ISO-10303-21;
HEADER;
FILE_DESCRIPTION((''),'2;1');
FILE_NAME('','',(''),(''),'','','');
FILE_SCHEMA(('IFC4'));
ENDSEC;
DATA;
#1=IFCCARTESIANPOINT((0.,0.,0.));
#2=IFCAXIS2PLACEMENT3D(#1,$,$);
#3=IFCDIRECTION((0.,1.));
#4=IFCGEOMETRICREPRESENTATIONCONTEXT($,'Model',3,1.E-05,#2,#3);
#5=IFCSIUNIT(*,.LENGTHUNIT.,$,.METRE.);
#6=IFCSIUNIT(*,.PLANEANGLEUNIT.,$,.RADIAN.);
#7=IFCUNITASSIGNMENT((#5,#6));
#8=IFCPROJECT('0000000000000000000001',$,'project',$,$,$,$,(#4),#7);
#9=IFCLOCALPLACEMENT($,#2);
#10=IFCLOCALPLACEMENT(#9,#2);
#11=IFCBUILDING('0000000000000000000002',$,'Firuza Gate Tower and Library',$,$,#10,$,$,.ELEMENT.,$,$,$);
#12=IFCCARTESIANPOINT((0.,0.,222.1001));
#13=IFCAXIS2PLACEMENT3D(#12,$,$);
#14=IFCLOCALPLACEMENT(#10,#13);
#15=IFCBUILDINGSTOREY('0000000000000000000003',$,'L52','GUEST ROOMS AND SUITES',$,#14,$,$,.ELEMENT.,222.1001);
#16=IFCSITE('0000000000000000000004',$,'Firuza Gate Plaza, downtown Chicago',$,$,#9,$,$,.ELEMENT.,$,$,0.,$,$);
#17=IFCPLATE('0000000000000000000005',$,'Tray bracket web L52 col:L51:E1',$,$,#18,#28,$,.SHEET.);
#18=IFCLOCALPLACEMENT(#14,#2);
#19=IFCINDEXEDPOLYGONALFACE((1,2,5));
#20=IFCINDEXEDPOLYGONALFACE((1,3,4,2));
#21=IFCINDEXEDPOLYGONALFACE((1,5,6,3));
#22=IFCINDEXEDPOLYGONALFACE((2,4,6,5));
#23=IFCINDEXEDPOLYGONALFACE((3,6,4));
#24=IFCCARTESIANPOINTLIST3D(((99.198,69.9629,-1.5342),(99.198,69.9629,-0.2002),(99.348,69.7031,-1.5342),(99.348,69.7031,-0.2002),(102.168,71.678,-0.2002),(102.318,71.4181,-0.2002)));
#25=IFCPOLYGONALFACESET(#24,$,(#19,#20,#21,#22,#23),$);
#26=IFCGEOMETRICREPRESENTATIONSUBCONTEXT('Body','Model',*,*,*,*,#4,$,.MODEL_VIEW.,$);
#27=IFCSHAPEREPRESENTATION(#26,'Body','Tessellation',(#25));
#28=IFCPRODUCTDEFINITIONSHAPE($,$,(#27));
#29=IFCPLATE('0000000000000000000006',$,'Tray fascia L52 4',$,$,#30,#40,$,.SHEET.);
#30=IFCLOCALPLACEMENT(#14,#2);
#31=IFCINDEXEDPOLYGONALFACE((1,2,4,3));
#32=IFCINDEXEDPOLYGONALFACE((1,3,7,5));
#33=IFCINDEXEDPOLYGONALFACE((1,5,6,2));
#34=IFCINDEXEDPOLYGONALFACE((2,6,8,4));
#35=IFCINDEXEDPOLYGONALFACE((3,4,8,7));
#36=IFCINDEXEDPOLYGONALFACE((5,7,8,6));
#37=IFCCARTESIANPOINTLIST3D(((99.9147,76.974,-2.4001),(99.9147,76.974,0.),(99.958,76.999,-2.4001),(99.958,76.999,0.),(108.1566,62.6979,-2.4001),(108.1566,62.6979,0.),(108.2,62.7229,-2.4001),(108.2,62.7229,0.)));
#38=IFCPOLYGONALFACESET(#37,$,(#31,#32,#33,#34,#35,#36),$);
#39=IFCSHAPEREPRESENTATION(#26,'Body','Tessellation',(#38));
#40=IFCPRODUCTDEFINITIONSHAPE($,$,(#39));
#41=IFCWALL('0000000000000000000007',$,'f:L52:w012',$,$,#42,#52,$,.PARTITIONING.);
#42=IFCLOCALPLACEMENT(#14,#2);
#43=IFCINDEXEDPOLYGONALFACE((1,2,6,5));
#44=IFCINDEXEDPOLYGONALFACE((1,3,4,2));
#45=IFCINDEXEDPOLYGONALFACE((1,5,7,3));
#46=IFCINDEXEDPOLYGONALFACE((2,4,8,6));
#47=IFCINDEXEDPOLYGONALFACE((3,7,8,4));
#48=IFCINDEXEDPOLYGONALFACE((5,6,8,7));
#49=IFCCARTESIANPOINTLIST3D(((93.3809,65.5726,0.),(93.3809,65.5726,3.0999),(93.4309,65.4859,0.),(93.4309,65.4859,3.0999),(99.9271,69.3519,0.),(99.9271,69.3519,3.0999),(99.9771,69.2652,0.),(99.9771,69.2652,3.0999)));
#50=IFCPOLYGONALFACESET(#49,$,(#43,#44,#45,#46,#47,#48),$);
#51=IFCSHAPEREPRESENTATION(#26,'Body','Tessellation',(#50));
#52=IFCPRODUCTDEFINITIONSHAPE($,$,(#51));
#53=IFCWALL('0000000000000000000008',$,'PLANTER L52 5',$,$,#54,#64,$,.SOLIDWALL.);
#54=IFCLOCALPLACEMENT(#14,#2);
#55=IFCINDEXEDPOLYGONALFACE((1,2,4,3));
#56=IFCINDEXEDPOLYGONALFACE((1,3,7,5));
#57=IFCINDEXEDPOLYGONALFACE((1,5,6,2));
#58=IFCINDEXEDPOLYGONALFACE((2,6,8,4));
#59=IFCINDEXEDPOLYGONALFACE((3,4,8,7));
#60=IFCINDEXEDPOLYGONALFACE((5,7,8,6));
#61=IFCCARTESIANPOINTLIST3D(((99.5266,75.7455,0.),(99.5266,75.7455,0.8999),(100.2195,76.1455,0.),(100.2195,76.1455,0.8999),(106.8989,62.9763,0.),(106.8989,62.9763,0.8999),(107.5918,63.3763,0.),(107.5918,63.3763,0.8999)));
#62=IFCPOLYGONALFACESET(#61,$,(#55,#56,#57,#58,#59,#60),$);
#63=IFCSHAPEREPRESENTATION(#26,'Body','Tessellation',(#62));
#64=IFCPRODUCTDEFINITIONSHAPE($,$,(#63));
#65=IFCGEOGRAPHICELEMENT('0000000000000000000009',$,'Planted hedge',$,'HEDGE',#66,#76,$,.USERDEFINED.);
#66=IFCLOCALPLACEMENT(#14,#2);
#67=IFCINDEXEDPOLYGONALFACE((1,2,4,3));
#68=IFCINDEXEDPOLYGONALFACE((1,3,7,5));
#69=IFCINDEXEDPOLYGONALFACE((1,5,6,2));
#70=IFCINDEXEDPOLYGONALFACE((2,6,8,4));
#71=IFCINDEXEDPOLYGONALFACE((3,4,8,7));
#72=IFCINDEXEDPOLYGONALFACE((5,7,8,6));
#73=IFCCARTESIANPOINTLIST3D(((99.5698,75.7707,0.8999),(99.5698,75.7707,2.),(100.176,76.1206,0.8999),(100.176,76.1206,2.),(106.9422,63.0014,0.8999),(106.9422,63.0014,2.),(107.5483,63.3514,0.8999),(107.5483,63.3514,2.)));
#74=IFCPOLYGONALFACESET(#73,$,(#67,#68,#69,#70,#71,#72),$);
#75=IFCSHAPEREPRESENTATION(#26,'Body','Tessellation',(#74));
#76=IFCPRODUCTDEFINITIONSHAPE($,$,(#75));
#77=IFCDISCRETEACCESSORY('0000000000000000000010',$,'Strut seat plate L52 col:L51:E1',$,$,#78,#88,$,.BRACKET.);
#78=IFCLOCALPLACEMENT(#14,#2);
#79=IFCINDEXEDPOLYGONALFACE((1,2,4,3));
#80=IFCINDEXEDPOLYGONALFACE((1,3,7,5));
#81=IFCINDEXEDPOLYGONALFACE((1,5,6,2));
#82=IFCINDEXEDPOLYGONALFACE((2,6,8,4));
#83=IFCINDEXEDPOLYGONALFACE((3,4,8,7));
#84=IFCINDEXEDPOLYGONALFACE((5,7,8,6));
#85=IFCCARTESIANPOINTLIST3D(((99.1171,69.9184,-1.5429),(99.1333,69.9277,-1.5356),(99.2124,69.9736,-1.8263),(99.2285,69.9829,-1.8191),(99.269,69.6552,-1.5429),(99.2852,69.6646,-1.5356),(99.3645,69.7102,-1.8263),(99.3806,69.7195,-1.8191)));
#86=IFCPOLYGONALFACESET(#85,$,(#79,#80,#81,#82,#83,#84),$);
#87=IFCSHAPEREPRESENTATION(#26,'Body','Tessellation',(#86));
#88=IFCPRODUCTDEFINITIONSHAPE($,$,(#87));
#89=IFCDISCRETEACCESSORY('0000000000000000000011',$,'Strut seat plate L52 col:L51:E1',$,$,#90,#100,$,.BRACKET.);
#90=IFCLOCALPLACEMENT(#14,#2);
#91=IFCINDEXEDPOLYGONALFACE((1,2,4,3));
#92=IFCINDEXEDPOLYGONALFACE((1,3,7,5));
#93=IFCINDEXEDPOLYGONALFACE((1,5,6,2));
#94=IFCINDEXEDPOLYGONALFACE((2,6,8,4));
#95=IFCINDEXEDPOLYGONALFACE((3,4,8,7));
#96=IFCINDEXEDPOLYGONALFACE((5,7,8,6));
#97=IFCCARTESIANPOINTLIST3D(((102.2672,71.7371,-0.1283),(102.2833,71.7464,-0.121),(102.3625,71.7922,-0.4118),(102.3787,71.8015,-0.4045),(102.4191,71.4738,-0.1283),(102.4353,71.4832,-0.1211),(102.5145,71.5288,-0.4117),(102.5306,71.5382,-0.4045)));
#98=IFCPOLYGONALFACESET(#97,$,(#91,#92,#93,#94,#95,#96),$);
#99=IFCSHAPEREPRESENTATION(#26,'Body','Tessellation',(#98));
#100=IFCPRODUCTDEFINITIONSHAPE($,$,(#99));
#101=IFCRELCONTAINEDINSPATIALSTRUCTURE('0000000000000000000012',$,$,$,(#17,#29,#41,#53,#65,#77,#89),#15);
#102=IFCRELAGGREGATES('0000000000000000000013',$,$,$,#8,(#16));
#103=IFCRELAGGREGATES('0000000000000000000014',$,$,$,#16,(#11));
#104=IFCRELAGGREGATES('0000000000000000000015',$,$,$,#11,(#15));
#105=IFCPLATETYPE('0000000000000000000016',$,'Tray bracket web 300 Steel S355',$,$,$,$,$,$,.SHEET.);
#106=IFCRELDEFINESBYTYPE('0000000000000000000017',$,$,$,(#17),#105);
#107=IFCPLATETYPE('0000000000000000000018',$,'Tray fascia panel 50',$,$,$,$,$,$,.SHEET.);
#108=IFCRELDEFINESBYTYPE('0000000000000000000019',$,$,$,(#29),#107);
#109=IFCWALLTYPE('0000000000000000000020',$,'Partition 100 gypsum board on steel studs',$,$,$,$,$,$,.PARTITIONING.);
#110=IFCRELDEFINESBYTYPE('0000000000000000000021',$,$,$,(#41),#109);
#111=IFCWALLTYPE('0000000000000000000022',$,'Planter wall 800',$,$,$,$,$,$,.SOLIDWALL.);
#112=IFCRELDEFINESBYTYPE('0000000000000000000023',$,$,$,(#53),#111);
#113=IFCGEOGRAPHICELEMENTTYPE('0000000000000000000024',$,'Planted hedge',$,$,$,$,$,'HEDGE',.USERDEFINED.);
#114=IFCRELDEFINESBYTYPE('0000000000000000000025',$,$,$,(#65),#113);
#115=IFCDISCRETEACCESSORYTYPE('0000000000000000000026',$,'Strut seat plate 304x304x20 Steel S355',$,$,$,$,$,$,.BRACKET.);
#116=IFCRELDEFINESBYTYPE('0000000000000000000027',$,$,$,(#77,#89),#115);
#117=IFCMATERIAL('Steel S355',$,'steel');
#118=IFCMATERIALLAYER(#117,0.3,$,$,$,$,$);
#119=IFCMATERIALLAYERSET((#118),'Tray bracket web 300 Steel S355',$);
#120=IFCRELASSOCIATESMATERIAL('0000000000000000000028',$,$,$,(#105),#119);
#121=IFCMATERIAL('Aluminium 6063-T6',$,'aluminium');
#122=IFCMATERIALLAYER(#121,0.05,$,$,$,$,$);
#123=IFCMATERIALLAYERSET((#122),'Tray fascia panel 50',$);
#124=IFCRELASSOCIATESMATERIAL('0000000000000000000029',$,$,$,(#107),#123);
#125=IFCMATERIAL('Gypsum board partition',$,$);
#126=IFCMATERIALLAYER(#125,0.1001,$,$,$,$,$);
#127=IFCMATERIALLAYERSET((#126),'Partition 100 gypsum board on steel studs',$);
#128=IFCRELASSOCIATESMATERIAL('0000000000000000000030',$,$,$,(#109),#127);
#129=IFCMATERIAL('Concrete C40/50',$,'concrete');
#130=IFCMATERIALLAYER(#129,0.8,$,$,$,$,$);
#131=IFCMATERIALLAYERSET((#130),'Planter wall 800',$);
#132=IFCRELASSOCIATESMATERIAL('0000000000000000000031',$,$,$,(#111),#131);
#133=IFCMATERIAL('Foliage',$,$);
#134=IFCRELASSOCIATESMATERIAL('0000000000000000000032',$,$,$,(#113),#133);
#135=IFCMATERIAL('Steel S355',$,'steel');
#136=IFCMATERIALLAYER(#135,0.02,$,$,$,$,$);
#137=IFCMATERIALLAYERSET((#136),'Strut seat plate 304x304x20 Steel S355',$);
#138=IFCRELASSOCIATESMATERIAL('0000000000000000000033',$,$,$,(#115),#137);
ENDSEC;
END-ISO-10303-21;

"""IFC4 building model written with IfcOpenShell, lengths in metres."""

from ifc_helpers import new_model, si_unit, direction, frame, frame_2d, origin, origin_2d, place, context, subcontext, project, spatial, polyline, rectangle, outline, extrude, material, layer, layer_set, type_object, element, save


model = new_model("IFC4")

# Units and contexts
model_context = context("Model", 3, precision=1e-05, world=origin(), true_north=direction((0.0, 1.0)))
body_context = subcontext(model_context, "Body", "Model", "MODEL_VIEW")
ifc_project = project(units=[si_unit("LENGTHUNIT", "METRE"), si_unit("PLANEANGLEUNIT", "RADIAN")], contexts=[model_context])

# Site, building, storey
site_placement = place(None, origin())
site = spatial("IfcSite", under=ifc_project, at=site_placement, Name="Firuza Gate Plaza, downtown Chicago", CompositionType="ELEMENT", RefElevation=0.0)
building_placement = place(site_placement, origin())
building = spatial("IfcBuilding", under=site, at=building_placement, Name="Firuza Gate Tower and Library", CompositionType="ELEMENT")
storey_placement = place(building_placement, frame((0.0, 0.0, 222.1001)))
storey = spatial("IfcBuildingStorey", under=building, at=storey_placement, Name="L52", Description="GUEST ROOMS AND SUITES", CompositionType="ELEMENT", Elevation=222.1001)

# Plates
ifc_material_1 = material(Name="Steel S355", Category="steel")
ifc_layer_1 = layer(ifc_material_1, 0.3)
ifc_layer_set_1 = layer_set([ifc_layer_1], Name="Tray bracket web 300 Steel S355")
plate_type_1 = type_object("IfcPlateType", Name="Tray bracket web 300 Steel S355", PredefinedType="SHEET", material=ifc_layer_set_1)
plate_1_placement = place(storey_placement, frame((99.198, 69.9629, -0.2002), z_axis=(-0.500082, 0.865978, 0.0), x_axis=(0.865978, 0.500082, 0.0)))
element("IfcPlate", 1, at=plate_1_placement, inside=storey, type_object=plate_type_1, Name="Tray bracket web L52 col:L51:E1", PredefinedType="SHEET", context=body_context, shape_type="SweptSolid", body=[
    extrude(outline(polyline([(0.0, 0.0), (3.4296, 0.0), (0.0, 1.334), (0.0, 0.0)])), origin(), (0.0, 0.0, -1.0), 0.3),
])
ifc_material_2 = material(Name="Aluminium 6063-T6", Category="aluminium")
ifc_layer_2 = layer(ifc_material_2, 0.05)
ifc_layer_set_2 = layer_set([ifc_layer_2], Name="Tray fascia panel 50")
plate_type_2 = type_object("IfcPlateType", Name="Tray fascia panel 50", PredefinedType="SHEET", material=ifc_layer_set_2)
plate_2_placement = place(storey_placement, frame((108.2, 62.7229, -2.4001), z_axis=(0.866035, 0.499983, 0.0), x_axis=(-0.499983, 0.866035, 0.0)))
element("IfcPlate", 2, at=plate_2_placement, inside=storey, type_object=plate_type_2, Name="Tray fascia L52 4", PredefinedType="SHEET", context=body_context, shape_type="SweptSolid", body=[
    extrude(outline(polyline([(0.0, 0.0), (16.4845, 0.0), (16.4845, 2.4001), (0.0, 2.4001), (0.0, 0.0)])), origin(), (0.0, 0.0, -1.0), 0.05),
])

# Walls
ifc_material_3 = material(Name="Gypsum board partition")
ifc_layer_3 = layer(ifc_material_3, 0.1001)
ifc_layer_set_3 = layer_set([ifc_layer_3], Name="Partition 100 gypsum board on steel studs")
wall_type_1 = type_object("IfcWallType", Name="Partition 100 gypsum board on steel studs", PredefinedType="PARTITIONING", material=ifc_layer_set_3)
wall_1_placement = place(storey_placement, frame((93.406, 65.5293, 0.0), z_axis=(0.0, 0.0, 1.0), x_axis=(0.866032, 0.499988, 0.0)))
element("IfcWall", 3, at=wall_1_placement, inside=storey, type_object=wall_type_1, Name="f:L52:w012", PredefinedType="PARTITIONING", context=body_context, shape_type="SweptSolid", body=[
    extrude(rectangle(XDim=7.5588, YDim=0.1001, at=frame_2d((3.7793, 0.0))), origin(), (0.0, 0.0, 1.0), 3.0999),
])
ifc_material_4 = material(Name="Concrete C40/50", Category="concrete")
ifc_layer_4 = layer(ifc_material_4, 0.8)
ifc_layer_set_4 = layer_set([ifc_layer_4], Name="Planter wall 800")
wall_type_2 = type_object("IfcWallType", Name="Planter wall 800", PredefinedType="SOLIDWALL", material=ifc_layer_set_4)
wall_2_placement = place(storey_placement, frame((107.2454, 63.1763, 0.0), z_axis=(0.0, 0.0, 1.0), x_axis=(-0.499998, 0.866026, 0.0)))
element("IfcWall", 4, at=wall_2_placement, inside=storey, type_object=wall_type_2, Name="PLANTER L52 5", PredefinedType="SOLIDWALL", context=body_context, shape_type="SweptSolid", body=[
    extrude(rectangle(XDim=14.7446, YDim=0.8, at=frame_2d((7.3723, 0.0))), origin(), (0.0, 0.0, 1.0), 0.8999),
])

# Geographic element
ifc_material_5 = material(Name="Foliage")
geographic_element_type = type_object("IfcGeographicElementType", Name="Planted hedge", ElementType="HEDGE", PredefinedType="USERDEFINED", material=ifc_material_5)
geographic_element_placement = place(storey_placement, frame((103.5591, 69.561, 0.8999), z_axis=(0.0, 0.0, 1.0), x_axis=(-0.5, 0.866025, 0.0)))
element("IfcGeographicElement", 5, at=geographic_element_placement, inside=storey, type_object=geographic_element_type, Name="Planted hedge", ObjectType="HEDGE", PredefinedType="USERDEFINED", context=body_context, shape_type="SweptSolid", body=[
    extrude(rectangle(XDim=14.7446, YDim=0.7, at=origin_2d()), origin(), (0.0, 0.0, 1.0), 1.1001),
])

# Discrete accessories
ifc_material_6 = material(Name="Steel S355", Category="steel")
ifc_layer_5 = layer(ifc_material_6, 0.02)
ifc_layer_set_5 = layer_set([ifc_layer_5], Name="Strut seat plate 304x304x20 Steel S355")
discrete_accessory_type = type_object("IfcDiscreteAccessoryType", Name="Strut seat plate 304x304x20 Steel S355", PredefinedType="BRACKET", material=ifc_layer_set_5)
discrete_accessory_1_placement = place(storey_placement, frame((99.1333, 69.9277, -1.5356), z_axis=(0.807329, 0.465982, 0.362051), x_axis=(0.49988, -0.866095, 0.00005)))
element("IfcDiscreteAccessory", 6, at=discrete_accessory_1_placement, inside=storey, type_object=discrete_accessory_type, Name="Strut seat plate L52 col:L51:E1", PredefinedType="BRACKET", context=body_context, shape_type="SweptSolid", body=[
    extrude(outline(polyline([(0.0, 0.0), (0.3039, 0.0), (0.304, 0.3041), (-0.0002, 0.3041), (0.0, 0.0)])), origin(), (0.0, 0.0, -1.0), 0.02),
])
discrete_accessory_2_placement = place(storey_placement, frame((102.4353, 71.4832, -0.1211), z_axis=(0.807329, 0.465982, 0.362051), x_axis=(-0.499959, 0.866049, 0.000185)))
element("IfcDiscreteAccessory", 7, at=discrete_accessory_2_placement, inside=storey, type_object=discrete_accessory_type, Name="Strut seat plate L52 col:L51:E1", PredefinedType="BRACKET", context=body_context, shape_type="SweptSolid", body=[
    extrude(outline(polyline([(0.0, 0.0), (0.304, 0.0), (0.304, -0.3041), (-0.0001, -0.304), (0.0, 0.0)])), origin(), (0.0, 0.0, -1.0), 0.02),
])

save(model, "model.ifc")
